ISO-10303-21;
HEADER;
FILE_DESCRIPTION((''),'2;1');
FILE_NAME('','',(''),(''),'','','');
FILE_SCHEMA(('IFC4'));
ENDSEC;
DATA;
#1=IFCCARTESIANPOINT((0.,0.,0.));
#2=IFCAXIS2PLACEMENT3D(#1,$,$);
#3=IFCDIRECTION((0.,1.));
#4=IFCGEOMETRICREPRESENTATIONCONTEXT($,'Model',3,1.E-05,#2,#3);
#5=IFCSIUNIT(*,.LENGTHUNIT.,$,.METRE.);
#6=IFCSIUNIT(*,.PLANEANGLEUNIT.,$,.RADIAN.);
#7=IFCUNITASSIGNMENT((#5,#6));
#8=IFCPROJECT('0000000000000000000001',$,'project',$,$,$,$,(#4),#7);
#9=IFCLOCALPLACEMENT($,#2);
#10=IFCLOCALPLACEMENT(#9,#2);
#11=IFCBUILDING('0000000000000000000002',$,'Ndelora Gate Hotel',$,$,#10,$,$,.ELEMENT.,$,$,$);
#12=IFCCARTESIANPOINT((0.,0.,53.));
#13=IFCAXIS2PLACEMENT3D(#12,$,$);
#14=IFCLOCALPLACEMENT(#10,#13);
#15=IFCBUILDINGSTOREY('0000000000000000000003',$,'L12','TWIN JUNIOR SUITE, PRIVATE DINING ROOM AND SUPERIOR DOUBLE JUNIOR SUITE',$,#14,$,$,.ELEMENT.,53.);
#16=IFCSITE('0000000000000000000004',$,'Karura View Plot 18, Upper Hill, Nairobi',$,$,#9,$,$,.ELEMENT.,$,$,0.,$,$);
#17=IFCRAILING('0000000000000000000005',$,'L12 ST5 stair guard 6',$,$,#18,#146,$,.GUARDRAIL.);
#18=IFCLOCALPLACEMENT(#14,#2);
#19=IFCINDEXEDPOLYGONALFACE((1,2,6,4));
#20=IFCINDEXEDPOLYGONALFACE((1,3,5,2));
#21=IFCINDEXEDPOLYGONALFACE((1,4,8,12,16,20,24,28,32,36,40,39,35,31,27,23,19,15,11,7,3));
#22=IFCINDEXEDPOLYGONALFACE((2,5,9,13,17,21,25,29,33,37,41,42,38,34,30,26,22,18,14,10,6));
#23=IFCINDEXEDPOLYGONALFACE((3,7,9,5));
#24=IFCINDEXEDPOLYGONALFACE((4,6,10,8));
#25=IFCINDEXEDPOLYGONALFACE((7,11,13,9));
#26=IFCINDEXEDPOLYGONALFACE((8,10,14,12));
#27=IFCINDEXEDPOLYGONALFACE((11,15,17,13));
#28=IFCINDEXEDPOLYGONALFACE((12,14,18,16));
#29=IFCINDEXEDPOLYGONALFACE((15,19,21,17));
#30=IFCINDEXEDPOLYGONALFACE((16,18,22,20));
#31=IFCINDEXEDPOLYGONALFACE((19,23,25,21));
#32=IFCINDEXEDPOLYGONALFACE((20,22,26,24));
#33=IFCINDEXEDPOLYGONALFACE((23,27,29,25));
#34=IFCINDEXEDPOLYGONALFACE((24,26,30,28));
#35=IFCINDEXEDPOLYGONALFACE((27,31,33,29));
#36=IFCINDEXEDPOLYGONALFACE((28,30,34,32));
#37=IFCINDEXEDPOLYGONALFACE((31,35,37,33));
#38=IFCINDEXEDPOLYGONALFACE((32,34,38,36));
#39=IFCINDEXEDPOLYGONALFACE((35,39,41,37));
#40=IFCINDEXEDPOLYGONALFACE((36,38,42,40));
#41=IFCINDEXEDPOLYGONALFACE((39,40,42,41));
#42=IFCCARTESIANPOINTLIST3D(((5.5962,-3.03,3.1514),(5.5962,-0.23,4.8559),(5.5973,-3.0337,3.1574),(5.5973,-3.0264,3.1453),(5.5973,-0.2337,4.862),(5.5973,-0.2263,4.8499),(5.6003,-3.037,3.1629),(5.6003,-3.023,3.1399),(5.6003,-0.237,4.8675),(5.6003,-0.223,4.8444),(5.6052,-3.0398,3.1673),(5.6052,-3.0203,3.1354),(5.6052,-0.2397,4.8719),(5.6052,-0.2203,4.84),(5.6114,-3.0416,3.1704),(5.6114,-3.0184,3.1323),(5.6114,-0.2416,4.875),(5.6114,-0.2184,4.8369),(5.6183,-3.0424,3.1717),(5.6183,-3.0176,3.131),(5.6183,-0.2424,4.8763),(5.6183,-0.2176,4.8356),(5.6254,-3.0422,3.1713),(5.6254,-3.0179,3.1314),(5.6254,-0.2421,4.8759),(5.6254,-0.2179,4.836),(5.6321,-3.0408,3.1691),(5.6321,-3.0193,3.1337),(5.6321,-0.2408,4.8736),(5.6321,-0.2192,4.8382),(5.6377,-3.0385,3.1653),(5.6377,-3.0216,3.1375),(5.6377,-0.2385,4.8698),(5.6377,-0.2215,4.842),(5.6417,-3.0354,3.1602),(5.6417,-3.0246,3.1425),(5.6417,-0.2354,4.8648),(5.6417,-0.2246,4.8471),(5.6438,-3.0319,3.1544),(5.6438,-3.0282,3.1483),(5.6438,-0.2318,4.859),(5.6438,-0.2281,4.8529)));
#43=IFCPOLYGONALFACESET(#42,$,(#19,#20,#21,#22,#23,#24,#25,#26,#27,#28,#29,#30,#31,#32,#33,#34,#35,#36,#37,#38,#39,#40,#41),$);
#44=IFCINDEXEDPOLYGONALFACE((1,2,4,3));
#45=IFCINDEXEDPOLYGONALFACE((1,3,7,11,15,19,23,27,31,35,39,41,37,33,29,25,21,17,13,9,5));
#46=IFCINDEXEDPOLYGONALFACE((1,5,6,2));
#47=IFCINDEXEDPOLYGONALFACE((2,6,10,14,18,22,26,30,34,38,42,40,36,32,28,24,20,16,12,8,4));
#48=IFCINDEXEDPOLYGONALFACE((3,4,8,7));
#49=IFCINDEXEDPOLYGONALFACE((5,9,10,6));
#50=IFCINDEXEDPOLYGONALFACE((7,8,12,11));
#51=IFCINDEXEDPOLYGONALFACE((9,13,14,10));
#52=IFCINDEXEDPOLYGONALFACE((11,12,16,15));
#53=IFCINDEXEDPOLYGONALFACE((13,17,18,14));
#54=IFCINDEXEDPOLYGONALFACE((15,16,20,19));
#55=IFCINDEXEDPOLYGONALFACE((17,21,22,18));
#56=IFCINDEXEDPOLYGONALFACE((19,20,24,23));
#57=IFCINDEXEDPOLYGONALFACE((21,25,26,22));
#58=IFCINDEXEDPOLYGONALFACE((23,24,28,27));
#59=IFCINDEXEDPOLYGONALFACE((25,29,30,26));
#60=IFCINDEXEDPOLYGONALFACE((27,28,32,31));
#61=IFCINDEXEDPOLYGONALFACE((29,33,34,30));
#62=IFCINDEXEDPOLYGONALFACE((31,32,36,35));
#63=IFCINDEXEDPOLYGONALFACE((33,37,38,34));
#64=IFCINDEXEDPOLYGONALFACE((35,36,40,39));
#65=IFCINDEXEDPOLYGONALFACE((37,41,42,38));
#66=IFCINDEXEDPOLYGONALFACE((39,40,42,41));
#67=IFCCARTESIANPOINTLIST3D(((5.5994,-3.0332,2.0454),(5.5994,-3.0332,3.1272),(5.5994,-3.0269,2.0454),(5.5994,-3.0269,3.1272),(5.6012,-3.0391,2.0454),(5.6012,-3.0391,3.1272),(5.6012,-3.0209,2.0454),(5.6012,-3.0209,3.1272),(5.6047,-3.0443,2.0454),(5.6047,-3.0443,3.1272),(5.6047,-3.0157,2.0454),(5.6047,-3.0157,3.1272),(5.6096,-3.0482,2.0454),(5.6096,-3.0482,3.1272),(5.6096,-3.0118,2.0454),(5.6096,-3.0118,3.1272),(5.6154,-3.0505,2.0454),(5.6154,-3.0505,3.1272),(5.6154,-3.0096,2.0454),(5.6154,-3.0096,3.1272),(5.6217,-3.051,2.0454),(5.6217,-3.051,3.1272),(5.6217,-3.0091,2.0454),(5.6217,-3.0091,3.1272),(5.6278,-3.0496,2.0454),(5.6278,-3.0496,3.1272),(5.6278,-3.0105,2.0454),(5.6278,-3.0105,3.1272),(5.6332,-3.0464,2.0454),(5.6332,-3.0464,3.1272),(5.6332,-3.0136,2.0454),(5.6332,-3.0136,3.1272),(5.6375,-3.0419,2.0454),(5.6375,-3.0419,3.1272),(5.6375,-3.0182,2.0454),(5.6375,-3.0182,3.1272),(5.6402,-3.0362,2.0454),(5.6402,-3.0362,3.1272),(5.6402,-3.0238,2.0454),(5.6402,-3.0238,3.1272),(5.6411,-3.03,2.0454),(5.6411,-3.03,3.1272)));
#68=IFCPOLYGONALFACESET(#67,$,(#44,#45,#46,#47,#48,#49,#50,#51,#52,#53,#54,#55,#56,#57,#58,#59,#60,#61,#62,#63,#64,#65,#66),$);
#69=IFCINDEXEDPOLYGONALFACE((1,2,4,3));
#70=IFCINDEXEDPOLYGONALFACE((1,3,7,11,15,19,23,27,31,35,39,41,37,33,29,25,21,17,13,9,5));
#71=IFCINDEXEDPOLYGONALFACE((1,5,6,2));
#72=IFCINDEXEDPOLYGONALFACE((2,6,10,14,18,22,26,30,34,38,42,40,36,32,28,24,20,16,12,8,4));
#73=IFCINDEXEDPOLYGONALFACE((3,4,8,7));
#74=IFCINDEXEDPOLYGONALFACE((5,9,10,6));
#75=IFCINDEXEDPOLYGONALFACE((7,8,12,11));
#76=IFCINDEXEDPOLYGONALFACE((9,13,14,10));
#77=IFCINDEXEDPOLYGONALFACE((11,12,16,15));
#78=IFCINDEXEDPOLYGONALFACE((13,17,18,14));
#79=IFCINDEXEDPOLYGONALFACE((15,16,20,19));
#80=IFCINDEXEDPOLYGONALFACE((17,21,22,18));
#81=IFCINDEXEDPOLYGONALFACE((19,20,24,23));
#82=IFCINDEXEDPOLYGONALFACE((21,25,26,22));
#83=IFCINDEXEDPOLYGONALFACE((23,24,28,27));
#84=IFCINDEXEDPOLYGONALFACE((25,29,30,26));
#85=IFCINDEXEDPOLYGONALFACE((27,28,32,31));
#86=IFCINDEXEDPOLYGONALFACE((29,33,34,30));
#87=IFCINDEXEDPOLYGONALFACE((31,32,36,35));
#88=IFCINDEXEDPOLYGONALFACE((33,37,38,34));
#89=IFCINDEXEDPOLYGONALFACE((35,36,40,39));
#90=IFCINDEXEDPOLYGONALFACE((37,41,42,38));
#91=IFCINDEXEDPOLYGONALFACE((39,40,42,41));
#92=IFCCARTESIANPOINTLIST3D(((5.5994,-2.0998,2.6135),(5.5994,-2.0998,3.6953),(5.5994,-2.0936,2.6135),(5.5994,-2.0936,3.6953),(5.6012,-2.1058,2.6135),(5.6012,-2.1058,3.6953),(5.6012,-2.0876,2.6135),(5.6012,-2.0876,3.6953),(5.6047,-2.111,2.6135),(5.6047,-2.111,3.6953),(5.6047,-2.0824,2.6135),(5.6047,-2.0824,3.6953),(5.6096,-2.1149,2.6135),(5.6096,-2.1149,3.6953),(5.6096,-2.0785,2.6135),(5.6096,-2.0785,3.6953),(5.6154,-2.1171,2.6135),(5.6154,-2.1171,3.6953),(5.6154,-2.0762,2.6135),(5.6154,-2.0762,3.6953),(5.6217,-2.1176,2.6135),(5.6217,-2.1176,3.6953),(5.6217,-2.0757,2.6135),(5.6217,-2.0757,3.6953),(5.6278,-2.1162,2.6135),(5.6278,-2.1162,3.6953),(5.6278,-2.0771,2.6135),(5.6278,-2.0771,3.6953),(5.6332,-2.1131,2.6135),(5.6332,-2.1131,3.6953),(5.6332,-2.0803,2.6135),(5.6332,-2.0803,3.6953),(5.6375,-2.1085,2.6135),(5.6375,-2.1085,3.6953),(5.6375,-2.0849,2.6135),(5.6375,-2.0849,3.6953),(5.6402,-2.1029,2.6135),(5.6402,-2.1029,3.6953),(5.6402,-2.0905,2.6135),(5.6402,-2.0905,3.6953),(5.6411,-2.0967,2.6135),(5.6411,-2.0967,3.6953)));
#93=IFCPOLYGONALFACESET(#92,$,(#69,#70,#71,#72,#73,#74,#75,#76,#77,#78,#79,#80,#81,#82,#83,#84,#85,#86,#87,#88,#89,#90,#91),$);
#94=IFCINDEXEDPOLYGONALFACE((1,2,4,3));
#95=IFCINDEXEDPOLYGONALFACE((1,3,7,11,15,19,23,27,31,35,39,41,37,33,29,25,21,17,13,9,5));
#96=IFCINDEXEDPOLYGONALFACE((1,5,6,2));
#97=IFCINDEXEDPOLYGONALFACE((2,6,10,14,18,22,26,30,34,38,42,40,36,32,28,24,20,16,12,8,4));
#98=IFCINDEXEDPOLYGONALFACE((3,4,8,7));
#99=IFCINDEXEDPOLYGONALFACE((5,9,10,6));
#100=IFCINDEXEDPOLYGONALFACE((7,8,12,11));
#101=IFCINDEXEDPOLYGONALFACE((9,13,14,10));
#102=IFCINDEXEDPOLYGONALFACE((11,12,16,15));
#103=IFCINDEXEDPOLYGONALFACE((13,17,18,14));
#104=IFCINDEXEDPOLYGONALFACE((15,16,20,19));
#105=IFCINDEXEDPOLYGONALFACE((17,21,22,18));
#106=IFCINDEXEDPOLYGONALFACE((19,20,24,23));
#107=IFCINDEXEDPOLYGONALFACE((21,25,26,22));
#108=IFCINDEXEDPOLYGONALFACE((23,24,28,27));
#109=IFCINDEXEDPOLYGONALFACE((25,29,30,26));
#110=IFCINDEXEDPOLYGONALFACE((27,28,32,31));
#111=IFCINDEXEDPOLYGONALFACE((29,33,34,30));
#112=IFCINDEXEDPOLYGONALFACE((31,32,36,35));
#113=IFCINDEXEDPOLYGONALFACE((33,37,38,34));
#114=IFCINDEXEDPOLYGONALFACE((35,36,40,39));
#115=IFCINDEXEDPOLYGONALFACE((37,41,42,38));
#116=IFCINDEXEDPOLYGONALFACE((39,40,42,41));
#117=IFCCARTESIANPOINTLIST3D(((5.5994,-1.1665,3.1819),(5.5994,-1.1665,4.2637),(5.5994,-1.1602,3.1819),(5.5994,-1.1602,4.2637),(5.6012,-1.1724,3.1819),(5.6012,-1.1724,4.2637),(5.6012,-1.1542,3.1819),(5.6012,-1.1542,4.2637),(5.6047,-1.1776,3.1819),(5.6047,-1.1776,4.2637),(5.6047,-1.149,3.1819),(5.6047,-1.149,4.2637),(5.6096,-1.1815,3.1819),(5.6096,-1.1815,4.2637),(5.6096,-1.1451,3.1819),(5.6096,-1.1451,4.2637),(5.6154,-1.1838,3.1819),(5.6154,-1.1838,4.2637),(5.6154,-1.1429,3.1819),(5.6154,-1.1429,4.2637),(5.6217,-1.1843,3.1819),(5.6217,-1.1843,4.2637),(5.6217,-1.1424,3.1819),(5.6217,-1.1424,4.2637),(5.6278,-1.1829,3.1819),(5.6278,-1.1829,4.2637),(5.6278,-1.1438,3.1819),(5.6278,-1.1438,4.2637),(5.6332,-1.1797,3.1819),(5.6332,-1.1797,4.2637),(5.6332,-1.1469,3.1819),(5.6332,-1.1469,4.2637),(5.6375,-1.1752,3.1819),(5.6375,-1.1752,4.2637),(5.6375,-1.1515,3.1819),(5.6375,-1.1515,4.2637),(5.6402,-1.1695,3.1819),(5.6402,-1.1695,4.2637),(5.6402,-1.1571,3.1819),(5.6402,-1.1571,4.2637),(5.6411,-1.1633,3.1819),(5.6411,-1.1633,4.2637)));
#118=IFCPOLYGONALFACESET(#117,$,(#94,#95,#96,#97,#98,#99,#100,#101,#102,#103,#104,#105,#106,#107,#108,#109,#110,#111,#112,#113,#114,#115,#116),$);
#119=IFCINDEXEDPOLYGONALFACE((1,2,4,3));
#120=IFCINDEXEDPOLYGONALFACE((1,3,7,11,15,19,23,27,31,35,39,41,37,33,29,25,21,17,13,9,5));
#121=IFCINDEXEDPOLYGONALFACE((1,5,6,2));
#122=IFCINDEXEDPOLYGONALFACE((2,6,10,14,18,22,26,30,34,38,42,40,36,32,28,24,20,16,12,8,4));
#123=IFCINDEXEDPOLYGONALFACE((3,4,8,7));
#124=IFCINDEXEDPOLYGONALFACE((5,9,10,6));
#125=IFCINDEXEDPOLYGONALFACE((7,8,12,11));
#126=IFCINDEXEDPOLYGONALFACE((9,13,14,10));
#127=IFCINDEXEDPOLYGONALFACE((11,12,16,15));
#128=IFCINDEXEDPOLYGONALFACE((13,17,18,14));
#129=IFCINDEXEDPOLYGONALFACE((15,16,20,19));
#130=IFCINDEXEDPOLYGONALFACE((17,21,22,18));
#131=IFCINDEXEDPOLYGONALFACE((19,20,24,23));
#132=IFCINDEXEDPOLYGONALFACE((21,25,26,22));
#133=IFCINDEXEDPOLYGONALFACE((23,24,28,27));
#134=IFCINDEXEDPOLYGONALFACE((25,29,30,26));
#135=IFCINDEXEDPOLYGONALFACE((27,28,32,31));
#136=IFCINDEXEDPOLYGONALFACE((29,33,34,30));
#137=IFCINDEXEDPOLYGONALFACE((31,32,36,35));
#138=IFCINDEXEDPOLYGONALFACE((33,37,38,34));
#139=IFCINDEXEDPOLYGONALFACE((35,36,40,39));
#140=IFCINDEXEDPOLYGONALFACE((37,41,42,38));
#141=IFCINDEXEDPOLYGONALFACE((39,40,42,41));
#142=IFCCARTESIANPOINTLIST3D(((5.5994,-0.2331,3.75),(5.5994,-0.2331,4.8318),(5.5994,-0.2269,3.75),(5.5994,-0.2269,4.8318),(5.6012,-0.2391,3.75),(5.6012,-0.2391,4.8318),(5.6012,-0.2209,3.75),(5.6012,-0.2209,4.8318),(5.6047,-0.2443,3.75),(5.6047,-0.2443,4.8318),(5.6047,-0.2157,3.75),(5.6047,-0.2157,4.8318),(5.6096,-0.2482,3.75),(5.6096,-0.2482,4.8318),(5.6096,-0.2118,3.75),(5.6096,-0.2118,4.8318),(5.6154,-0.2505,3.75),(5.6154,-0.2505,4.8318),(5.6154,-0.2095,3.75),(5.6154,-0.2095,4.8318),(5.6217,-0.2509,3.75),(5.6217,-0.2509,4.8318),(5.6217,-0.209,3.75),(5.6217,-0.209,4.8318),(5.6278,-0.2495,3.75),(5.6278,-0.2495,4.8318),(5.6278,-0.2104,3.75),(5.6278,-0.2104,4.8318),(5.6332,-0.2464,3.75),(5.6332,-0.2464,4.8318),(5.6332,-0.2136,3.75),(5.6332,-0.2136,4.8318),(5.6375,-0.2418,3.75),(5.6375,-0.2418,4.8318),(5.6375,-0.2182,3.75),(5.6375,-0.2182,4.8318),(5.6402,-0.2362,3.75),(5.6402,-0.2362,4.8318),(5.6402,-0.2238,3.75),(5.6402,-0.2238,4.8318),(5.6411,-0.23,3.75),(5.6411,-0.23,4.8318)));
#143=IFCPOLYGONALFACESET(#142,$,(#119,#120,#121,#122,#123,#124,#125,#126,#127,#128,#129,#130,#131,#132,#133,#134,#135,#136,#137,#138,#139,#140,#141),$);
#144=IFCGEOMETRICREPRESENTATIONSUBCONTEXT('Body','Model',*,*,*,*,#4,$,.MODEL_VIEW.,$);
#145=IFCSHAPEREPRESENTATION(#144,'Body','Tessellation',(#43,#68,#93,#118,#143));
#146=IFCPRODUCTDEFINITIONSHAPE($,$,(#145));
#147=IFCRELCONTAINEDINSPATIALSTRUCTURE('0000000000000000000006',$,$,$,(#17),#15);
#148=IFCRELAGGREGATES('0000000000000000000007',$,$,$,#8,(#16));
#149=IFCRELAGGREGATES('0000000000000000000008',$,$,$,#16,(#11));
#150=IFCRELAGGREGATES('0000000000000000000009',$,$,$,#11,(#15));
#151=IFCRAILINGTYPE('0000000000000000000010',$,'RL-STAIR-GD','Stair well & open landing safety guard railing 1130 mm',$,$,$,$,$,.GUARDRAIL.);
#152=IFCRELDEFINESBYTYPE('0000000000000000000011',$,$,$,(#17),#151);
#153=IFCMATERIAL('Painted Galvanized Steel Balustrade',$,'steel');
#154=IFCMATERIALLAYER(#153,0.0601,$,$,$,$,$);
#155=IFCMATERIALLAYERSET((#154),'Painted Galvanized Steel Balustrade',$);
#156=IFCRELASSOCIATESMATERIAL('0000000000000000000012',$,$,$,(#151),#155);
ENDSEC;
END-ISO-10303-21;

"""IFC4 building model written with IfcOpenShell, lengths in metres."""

from ifc_helpers import new_model, si_unit, direction, frame, origin, origin_2d, place, context, subcontext, project, spatial, circle, extrude, material, layer, layer_set, type_object, element, save


model = new_model("IFC4")

# Units and contexts
model_context = context("Model", 3, precision=1e-05, world=origin(), true_north=direction((0.0, 1.0)))
body_context = subcontext(model_context, "Body", "Model", "MODEL_VIEW")
ifc_project = project(units=[si_unit("LENGTHUNIT", "METRE"), si_unit("PLANEANGLEUNIT", "RADIAN")], contexts=[model_context])

# Site, building, storey
site_placement = place(None, origin())
site = spatial("IfcSite", under=ifc_project, at=site_placement, Name="Karura View Plot 18, Upper Hill, Nairobi", CompositionType="ELEMENT", RefElevation=0.0)
building_placement = place(site_placement, origin())
building = spatial("IfcBuilding", under=site, at=building_placement, Name="Ndelora Gate Hotel", CompositionType="ELEMENT")
storey_placement = place(building_placement, frame((0.0, 0.0, 53.0)))
storey = spatial("IfcBuildingStorey", under=building, at=storey_placement, Name="L12", Description="TWIN JUNIOR SUITE, PRIVATE DINING ROOM AND SUPERIOR DOUBLE JUNIOR SUITE", CompositionType="ELEMENT", Elevation=53.0)

# Railing
ifc_material_1 = material(Name="Painted Galvanized Steel Balustrade", Category="steel")
ifc_layer_1 = layer(ifc_material_1, 0.0601)
ifc_layer_set_1 = layer_set([ifc_layer_1], Name="Painted Galvanized Steel Balustrade")
railing_type_1 = type_object("IfcRailingType", Name="RL-STAIR-GD", Description="Stair well & open landing safety guard railing 1130 mm", PredefinedType="GUARDRAIL", material=ifc_layer_set_1)
railing_1_placement = place(storey_placement, frame((5.6201, -3.03, 2.0454)))
element("IfcRailing", 1, at=railing_1_placement, inside=storey, type_object=railing_type_1, Name="L12 ST5 stair guard 6", PredefinedType="GUARDRAIL", context=body_context, shape_type="SweptSolid", body=[
    extrude(circle(Radius=0.0239, at=origin_2d()), frame((0.0, 0.0, 1.106), z_axis=(0.0, 0.85417, 0.519994), x_axis=(-1.0, 0.0, 0.0)), (0.0, 0.0, 1.0), 3.2781),
    extrude(circle(Radius=0.021, at=origin_2d()), origin(), (0.0, 0.0, 1.0), 1.0818),
    extrude(circle(Radius=0.021, at=origin_2d()), frame((0.0, 0.9333, 0.5681)), (0.0, 0.0, 1.0), 1.0818),
    extrude(circle(Radius=0.021, at=origin_2d()), frame((0.0, 1.8667, 1.1365)), (0.0, 0.0, 1.0), 1.0818),
    extrude(circle(Radius=0.021, at=origin_2d()), frame((0.0, 2.8, 1.7046)), (0.0, 0.0, 1.0), 1.0818),
])

save(model, "model.ifc")
